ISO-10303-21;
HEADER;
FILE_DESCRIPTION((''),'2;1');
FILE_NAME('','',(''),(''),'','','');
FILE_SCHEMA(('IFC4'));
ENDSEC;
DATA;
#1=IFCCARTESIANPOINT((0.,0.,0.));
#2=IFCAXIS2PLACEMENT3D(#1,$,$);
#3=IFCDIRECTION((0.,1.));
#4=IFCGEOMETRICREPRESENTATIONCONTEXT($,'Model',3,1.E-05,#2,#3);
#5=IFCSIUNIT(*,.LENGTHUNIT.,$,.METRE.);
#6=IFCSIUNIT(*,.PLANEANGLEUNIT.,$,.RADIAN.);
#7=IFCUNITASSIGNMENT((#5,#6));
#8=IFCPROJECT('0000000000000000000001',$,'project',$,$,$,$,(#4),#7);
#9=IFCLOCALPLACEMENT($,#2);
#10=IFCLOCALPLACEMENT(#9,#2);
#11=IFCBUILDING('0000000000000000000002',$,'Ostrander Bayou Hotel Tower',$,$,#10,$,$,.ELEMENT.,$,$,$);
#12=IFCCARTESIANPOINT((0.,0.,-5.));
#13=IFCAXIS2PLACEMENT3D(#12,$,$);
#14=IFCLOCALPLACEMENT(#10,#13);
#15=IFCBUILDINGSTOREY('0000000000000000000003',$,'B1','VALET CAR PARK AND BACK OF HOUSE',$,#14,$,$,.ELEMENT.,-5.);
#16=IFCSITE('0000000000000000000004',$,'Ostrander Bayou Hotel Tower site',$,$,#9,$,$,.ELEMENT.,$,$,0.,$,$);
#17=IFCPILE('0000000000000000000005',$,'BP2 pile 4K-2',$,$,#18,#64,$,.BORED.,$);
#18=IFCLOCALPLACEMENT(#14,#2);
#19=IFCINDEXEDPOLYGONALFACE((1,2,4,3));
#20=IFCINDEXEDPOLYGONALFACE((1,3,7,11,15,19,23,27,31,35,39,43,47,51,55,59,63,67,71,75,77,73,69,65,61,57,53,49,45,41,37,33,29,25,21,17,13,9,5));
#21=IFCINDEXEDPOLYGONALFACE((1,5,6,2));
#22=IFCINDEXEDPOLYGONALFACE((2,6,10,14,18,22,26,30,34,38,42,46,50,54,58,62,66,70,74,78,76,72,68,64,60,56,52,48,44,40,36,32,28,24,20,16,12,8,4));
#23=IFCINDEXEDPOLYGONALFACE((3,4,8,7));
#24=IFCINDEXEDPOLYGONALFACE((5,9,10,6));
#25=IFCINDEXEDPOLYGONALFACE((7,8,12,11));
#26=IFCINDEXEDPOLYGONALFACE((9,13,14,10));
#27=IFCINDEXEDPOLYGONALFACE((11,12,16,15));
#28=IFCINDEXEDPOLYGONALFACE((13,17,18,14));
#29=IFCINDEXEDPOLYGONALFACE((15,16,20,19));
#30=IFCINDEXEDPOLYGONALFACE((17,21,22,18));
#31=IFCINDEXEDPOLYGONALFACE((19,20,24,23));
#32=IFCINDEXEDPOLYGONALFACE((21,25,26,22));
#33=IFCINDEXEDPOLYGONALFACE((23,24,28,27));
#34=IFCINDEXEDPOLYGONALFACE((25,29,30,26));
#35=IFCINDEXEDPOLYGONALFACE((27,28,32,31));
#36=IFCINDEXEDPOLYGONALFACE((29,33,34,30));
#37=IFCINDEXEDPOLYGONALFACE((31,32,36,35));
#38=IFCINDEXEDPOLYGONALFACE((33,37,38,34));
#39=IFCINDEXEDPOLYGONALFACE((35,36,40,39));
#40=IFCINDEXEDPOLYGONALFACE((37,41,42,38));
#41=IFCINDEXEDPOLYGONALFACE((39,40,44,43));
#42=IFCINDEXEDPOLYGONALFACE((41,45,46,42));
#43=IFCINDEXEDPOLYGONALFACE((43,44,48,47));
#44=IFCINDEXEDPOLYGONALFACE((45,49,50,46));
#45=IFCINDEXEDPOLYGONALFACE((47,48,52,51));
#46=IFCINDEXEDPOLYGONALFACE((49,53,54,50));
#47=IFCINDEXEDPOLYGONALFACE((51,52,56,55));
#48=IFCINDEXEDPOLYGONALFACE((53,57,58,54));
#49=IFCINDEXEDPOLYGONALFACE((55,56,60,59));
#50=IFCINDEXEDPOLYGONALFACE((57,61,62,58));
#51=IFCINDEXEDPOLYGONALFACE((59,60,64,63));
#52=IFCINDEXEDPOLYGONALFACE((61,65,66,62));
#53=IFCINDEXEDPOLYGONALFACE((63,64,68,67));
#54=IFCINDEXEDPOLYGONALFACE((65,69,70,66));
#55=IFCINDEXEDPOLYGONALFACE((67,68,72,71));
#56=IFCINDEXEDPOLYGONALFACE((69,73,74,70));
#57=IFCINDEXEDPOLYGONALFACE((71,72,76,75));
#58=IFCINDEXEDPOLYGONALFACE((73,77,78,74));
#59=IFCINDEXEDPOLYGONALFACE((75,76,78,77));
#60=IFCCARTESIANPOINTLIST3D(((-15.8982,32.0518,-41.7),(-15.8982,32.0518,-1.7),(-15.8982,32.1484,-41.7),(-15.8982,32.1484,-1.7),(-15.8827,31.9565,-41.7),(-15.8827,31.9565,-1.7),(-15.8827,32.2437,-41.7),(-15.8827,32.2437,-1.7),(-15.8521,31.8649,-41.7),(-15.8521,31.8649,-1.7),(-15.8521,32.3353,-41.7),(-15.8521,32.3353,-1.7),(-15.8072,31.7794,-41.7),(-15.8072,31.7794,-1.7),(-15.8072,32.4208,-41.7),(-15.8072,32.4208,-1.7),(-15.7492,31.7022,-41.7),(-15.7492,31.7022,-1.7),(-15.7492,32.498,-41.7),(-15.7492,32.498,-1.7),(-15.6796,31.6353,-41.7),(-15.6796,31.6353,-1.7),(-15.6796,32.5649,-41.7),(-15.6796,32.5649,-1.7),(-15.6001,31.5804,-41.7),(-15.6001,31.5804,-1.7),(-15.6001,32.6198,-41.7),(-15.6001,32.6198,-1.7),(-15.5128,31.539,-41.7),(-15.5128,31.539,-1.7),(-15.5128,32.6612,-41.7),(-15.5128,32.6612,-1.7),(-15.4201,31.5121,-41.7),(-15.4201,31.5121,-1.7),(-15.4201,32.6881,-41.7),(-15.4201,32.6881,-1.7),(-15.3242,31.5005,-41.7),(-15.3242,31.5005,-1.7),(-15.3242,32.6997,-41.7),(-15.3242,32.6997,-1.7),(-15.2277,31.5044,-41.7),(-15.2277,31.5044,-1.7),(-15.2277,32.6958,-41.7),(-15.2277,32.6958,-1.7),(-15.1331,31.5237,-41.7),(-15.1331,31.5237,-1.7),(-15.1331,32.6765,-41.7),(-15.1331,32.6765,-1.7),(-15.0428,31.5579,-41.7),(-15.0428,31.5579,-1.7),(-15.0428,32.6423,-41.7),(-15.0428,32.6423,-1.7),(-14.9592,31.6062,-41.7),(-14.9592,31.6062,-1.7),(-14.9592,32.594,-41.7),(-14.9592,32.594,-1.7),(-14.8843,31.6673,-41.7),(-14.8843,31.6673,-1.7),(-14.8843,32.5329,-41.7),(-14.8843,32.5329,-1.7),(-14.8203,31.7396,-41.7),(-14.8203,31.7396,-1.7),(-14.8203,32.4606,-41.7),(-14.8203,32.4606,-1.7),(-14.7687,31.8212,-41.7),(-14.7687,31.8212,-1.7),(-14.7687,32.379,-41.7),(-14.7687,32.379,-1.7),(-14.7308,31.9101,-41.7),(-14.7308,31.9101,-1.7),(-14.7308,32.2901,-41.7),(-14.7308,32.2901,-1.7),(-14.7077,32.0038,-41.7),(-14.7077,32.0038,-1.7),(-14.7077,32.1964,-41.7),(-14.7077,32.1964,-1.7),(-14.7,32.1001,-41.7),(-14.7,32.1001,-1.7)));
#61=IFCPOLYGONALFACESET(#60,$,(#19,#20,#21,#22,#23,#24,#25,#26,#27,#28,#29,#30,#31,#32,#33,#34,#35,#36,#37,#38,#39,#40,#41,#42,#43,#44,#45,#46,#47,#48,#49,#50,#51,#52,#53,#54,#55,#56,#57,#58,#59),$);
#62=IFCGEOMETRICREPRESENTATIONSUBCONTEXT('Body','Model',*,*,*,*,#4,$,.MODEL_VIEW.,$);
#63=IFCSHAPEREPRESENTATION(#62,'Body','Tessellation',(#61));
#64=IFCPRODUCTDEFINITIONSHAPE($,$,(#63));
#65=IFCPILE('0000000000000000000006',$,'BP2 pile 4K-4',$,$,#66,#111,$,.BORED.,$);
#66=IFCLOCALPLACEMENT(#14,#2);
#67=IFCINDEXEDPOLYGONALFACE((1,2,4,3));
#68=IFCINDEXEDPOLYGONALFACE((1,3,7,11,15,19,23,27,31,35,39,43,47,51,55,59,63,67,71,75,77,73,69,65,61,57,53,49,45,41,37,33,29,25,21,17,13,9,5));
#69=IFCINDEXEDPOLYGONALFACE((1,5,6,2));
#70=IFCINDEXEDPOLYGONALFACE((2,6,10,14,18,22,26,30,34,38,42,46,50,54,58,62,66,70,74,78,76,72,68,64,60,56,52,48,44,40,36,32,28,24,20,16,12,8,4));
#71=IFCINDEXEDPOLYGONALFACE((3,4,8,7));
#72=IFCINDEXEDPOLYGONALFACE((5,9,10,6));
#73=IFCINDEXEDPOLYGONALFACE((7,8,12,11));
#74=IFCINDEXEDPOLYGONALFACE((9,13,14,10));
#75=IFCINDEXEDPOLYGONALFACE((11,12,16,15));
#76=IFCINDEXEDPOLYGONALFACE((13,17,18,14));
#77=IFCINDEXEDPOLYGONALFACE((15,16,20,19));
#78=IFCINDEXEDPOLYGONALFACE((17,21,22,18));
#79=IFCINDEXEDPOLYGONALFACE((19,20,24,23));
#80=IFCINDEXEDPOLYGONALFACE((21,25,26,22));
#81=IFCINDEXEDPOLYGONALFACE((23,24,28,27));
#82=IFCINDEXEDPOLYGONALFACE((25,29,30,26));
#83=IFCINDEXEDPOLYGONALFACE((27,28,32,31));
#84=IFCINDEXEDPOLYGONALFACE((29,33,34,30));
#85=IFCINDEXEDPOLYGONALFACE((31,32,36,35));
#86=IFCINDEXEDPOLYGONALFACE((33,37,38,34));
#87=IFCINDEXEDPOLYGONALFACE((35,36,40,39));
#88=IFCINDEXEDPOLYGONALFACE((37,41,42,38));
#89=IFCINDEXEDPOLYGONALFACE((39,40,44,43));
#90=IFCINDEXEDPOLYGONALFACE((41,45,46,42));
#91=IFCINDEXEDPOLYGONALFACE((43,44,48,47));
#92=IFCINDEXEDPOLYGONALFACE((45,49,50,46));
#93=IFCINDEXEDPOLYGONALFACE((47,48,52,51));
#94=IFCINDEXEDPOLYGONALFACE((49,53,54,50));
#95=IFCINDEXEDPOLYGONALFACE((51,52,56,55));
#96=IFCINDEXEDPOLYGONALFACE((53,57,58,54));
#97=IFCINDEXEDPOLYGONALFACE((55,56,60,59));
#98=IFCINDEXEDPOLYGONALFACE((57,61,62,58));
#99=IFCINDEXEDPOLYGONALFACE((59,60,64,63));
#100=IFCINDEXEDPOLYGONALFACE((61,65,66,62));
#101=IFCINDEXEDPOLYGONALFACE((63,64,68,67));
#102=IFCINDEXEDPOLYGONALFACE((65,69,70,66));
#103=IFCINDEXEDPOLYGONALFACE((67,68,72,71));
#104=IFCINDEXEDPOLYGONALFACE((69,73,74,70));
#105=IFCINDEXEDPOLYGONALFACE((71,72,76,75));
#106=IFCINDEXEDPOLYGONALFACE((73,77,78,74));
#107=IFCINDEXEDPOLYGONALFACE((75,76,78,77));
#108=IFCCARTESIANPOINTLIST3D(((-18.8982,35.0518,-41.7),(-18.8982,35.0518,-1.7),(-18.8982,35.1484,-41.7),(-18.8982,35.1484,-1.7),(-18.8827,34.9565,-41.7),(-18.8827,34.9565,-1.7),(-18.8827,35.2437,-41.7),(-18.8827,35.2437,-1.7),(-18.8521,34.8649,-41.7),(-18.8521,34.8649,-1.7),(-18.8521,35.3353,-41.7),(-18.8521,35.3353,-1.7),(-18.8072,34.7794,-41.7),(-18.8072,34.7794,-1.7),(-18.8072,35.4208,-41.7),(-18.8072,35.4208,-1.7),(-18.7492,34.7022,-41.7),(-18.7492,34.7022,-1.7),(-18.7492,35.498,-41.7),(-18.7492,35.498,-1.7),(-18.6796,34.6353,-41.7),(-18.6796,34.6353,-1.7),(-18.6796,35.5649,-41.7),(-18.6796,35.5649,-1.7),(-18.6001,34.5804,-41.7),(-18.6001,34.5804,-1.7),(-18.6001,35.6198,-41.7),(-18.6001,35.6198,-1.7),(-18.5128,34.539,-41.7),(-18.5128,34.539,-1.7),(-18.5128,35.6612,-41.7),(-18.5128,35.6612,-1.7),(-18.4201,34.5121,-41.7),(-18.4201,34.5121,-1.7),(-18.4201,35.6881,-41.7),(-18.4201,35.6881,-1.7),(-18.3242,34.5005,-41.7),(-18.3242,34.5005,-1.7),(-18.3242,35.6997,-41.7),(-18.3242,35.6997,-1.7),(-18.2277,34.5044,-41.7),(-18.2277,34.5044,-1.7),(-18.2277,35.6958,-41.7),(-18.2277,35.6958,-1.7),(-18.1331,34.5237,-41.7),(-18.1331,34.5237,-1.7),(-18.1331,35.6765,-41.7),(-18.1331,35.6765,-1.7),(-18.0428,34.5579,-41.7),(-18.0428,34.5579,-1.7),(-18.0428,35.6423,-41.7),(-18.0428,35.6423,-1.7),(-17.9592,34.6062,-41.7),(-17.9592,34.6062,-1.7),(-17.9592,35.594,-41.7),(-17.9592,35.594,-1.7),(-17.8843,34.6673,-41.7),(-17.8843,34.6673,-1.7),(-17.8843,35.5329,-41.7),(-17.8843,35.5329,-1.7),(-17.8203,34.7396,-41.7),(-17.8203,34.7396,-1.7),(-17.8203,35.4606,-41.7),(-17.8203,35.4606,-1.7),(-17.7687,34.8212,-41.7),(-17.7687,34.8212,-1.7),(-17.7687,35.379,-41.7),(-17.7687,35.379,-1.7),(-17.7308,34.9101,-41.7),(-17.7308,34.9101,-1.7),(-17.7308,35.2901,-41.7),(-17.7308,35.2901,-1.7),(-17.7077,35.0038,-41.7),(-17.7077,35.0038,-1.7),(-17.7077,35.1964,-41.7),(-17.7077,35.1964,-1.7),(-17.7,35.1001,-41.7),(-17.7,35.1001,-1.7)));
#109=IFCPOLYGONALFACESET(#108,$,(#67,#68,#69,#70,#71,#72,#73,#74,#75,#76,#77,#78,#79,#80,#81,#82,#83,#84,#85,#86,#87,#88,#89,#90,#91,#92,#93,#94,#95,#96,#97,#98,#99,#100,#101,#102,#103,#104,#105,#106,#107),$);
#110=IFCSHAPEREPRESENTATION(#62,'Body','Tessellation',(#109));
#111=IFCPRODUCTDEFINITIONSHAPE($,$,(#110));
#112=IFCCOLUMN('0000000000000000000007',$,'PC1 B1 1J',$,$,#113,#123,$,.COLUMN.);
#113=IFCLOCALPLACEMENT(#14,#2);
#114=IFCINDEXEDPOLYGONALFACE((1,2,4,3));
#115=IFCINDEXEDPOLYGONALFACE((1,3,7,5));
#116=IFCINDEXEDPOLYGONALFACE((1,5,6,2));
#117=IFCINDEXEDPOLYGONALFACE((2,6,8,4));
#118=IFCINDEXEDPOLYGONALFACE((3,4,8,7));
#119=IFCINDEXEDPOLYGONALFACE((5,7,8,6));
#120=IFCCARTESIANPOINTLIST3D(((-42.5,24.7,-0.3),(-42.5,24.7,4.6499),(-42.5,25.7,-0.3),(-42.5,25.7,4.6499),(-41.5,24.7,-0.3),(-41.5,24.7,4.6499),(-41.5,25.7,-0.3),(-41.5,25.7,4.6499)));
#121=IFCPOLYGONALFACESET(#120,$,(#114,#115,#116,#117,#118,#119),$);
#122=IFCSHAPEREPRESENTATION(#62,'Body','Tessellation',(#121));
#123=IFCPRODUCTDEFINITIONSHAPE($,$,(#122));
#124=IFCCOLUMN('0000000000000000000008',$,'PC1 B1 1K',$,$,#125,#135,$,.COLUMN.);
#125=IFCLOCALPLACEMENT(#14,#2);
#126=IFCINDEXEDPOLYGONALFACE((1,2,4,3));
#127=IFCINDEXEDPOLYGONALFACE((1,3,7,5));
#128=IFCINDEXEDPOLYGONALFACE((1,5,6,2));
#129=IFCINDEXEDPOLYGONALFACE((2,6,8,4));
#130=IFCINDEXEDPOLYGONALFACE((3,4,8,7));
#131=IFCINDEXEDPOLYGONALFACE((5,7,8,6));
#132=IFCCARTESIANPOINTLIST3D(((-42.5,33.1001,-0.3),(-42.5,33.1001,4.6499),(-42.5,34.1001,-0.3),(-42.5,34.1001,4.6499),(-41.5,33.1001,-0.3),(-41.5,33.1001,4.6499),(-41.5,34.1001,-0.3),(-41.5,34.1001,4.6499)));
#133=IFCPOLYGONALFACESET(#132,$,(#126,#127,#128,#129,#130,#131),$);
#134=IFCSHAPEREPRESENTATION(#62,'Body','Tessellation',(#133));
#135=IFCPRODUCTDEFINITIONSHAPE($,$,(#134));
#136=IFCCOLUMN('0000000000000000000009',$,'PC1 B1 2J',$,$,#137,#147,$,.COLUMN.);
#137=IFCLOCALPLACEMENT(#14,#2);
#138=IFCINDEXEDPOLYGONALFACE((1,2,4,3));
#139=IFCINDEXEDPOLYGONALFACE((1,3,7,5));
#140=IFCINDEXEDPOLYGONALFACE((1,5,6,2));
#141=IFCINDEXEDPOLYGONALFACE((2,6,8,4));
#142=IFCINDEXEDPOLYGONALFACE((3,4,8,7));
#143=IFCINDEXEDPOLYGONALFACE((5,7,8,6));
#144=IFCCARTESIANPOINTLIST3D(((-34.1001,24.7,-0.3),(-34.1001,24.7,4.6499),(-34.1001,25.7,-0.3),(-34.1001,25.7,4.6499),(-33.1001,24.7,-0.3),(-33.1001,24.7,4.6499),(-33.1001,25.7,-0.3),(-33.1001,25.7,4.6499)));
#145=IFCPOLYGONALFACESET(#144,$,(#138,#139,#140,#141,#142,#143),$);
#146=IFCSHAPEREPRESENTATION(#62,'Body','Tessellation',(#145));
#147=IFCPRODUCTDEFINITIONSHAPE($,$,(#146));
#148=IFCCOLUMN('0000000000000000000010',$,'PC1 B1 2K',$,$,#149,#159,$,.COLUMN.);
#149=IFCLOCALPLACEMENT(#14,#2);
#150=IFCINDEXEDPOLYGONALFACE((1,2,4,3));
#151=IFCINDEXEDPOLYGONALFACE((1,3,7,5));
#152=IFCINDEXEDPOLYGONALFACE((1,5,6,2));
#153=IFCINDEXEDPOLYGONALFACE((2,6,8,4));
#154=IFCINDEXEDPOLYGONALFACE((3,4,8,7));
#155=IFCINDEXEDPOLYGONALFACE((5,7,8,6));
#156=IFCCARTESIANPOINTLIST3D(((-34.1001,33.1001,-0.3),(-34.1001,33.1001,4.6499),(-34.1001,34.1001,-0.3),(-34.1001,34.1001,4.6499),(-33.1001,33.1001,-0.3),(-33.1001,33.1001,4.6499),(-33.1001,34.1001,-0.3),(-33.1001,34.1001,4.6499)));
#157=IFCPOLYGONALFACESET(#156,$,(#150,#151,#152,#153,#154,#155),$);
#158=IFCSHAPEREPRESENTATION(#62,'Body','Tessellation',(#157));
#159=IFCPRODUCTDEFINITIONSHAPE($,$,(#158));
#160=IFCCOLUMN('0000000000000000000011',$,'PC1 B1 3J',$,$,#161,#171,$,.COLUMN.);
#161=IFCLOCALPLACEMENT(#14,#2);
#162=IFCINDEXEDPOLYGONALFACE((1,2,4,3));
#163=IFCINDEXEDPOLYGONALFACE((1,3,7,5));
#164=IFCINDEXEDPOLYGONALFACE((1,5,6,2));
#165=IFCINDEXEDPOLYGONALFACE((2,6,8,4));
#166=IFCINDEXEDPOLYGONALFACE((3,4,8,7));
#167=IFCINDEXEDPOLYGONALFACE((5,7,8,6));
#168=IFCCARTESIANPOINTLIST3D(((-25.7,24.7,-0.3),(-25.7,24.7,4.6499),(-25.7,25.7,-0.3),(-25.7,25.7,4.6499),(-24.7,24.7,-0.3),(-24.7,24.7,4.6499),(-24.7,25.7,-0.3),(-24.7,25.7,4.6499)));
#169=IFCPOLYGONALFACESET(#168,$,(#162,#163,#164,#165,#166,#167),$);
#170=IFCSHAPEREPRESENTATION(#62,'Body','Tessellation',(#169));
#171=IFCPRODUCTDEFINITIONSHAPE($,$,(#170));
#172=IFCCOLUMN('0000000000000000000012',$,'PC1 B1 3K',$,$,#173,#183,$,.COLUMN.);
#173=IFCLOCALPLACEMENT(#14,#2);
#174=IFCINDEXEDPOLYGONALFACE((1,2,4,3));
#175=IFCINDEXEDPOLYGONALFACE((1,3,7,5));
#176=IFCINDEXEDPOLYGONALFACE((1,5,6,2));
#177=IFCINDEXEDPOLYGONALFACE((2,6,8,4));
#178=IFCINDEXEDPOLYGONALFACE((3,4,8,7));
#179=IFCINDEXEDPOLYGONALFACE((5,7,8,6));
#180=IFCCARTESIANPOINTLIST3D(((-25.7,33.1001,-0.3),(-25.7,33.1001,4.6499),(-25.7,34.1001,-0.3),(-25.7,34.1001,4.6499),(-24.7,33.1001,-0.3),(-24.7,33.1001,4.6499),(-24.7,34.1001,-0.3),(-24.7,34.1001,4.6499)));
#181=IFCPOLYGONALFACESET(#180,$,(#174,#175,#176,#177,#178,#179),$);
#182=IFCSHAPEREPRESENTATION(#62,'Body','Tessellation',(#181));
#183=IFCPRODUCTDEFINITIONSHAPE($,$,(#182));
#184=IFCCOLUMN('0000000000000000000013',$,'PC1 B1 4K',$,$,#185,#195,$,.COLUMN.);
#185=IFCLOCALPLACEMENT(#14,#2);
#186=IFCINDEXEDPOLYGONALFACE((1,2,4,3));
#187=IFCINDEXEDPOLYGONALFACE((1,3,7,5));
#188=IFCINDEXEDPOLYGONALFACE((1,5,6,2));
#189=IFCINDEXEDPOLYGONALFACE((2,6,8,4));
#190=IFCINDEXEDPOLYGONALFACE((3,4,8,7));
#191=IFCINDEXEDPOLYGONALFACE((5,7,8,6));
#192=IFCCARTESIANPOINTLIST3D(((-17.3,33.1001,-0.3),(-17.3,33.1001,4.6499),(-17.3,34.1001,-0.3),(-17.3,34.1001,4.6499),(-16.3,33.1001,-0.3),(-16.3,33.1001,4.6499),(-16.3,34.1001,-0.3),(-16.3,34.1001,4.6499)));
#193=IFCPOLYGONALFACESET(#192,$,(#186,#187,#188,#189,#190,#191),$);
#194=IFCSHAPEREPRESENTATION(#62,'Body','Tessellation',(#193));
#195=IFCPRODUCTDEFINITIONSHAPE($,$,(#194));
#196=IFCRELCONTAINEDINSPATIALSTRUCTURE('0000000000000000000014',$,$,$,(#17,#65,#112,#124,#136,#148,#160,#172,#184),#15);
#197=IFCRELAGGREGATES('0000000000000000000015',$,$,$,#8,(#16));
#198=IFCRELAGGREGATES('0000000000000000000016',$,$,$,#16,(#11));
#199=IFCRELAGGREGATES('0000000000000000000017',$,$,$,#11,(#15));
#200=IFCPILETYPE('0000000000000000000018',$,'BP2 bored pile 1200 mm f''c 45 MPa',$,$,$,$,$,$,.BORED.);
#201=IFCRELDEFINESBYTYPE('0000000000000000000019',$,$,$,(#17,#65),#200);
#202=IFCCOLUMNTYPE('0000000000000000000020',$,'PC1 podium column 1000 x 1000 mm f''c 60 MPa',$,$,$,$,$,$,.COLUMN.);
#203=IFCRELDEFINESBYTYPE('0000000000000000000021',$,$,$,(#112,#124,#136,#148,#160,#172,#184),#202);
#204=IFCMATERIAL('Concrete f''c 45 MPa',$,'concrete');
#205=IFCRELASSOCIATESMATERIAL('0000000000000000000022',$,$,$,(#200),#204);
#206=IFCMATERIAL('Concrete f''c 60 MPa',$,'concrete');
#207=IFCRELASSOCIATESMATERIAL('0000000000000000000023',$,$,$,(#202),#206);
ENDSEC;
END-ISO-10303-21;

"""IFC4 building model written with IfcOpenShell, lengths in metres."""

from ifc_helpers import new_model, si_unit, direction, frame, origin, origin_2d, place, context, subcontext, project, spatial, rectangle, circle, extrude, material, material_profile, profile_set, type_object, element, save


model = new_model("IFC4")

# Units and contexts
model_context = context("Model", 3, precision=1e-05, world=origin(), true_north=direction((0.0, 1.0)))
body_context = subcontext(model_context, "Body", "Model", "MODEL_VIEW")
ifc_project = project(units=[si_unit("LENGTHUNIT", "METRE"), si_unit("PLANEANGLEUNIT", "RADIAN")], contexts=[model_context])

# Site, building, storey
site_placement = place(None, origin())
site = spatial("IfcSite", under=ifc_project, at=site_placement, Name="Ostrander Bayou Hotel Tower site", CompositionType="ELEMENT", RefElevation=0.0)
building_placement = place(site_placement, origin())
building = spatial("IfcBuilding", under=site, at=building_placement, Name="Ostrander Bayou Hotel Tower", CompositionType="ELEMENT")
storey_placement = place(building_placement, frame((0.0, 0.0, -5.0)))
storey = spatial("IfcBuildingStorey", under=building, at=storey_placement, Name="B1", Description="VALET CAR PARK AND BACK OF HOUSE", CompositionType="ELEMENT", Elevation=-5.0)

# Piles
ifc_material_1 = material(Name="Concrete f'c 45 MPa", Category="concrete")
ifc_material_profile_1 = material_profile(ifc_material_1, circle(Radius=0.6001, at=origin_2d()))
ifc_profile_set_1 = profile_set([ifc_material_profile_1], Name="Concrete f'c 45 MPa")
pile_type = type_object("IfcPileType", Name="BP2 bored pile 1200 mm f'c 45 MPa", PredefinedType="BORED", material=ifc_profile_set_1)
for number, where, z_axis, x_axis, name in (
    (1, (-15.3, 32.1001, -1.7), (0.0, 0.0, -1.0), (1.0, 0.0, 0.0), "BP2 pile 4K-2"),
    (2, (-18.3, 35.1001, -1.7), (0.0, 0.0, -1.0), (1.0, 0.0, 0.0), "BP2 pile 4K-4"),
):
    element("IfcPile", number, at=place(storey_placement, frame(where, z_axis=z_axis, x_axis=x_axis)), inside=storey, type_object=pile_type, Name=name, PredefinedType="BORED", context=body_context, shape_type="SweptSolid", body=[
        extrude(circle(Radius=0.6001, at=origin_2d()), origin(), (0.0, 0.0, 1.0), 40.0),
    ])

# Columns
ifc_material_2 = material(Name="Concrete f'c 60 MPa", Category="concrete")
ifc_material_profile_2 = material_profile(ifc_material_2, rectangle(XDim=1.0, YDim=1.0, at=origin_2d()))
ifc_profile_set_2 = profile_set([ifc_material_profile_2], Name="Concrete f'c 60 MPa")
column_type = type_object("IfcColumnType", Name="PC1 podium column 1000 x 1000 mm f'c 60 MPa", PredefinedType="COLUMN", material=ifc_profile_set_2)
for number, where, z_axis, x_axis, name in (
    (3, (-42.0, 25.2, -0.3), (0.0, 0.0, 1.0), (1.0, 0.0, 0.0), "PC1 B1 1J"),
    (4, (-42.0, 33.6001, -0.3), (0.0, 0.0, 1.0), (1.0, 0.0, 0.0), "PC1 B1 1K"),
    (5, (-33.6001, 25.2, -0.3), (0.0, 0.0, 1.0), (1.0, 0.0, 0.0), "PC1 B1 2J"),
    (6, (-33.6001, 33.6001, -0.3), (0.0, 0.0, 1.0), (1.0, 0.0, 0.0), "PC1 B1 2K"),
    (7, (-25.2, 25.2, -0.3), (0.0, 0.0, 1.0), (1.0, 0.0, 0.0), "PC1 B1 3J"),
    (8, (-25.2, 33.6001, -0.3), (0.0, 0.0, 1.0), (1.0, 0.0, 0.0), "PC1 B1 3K"),
    (9, (-16.8, 33.6001, -0.3), (0.0, 0.0, 1.0), (1.0, 0.0, 0.0), "PC1 B1 4K"),
):
    element("IfcColumn", number, at=place(storey_placement, frame(where, z_axis=z_axis, x_axis=x_axis)), inside=storey, type_object=column_type, Name=name, PredefinedType="COLUMN", context=body_context, shape_type="SweptSolid", body=[
        extrude(rectangle(XDim=1.0, YDim=1.0, at=origin_2d()), origin(), (0.0, 0.0, 1.0), 4.95),
    ])

save(model, "model.ifc")
